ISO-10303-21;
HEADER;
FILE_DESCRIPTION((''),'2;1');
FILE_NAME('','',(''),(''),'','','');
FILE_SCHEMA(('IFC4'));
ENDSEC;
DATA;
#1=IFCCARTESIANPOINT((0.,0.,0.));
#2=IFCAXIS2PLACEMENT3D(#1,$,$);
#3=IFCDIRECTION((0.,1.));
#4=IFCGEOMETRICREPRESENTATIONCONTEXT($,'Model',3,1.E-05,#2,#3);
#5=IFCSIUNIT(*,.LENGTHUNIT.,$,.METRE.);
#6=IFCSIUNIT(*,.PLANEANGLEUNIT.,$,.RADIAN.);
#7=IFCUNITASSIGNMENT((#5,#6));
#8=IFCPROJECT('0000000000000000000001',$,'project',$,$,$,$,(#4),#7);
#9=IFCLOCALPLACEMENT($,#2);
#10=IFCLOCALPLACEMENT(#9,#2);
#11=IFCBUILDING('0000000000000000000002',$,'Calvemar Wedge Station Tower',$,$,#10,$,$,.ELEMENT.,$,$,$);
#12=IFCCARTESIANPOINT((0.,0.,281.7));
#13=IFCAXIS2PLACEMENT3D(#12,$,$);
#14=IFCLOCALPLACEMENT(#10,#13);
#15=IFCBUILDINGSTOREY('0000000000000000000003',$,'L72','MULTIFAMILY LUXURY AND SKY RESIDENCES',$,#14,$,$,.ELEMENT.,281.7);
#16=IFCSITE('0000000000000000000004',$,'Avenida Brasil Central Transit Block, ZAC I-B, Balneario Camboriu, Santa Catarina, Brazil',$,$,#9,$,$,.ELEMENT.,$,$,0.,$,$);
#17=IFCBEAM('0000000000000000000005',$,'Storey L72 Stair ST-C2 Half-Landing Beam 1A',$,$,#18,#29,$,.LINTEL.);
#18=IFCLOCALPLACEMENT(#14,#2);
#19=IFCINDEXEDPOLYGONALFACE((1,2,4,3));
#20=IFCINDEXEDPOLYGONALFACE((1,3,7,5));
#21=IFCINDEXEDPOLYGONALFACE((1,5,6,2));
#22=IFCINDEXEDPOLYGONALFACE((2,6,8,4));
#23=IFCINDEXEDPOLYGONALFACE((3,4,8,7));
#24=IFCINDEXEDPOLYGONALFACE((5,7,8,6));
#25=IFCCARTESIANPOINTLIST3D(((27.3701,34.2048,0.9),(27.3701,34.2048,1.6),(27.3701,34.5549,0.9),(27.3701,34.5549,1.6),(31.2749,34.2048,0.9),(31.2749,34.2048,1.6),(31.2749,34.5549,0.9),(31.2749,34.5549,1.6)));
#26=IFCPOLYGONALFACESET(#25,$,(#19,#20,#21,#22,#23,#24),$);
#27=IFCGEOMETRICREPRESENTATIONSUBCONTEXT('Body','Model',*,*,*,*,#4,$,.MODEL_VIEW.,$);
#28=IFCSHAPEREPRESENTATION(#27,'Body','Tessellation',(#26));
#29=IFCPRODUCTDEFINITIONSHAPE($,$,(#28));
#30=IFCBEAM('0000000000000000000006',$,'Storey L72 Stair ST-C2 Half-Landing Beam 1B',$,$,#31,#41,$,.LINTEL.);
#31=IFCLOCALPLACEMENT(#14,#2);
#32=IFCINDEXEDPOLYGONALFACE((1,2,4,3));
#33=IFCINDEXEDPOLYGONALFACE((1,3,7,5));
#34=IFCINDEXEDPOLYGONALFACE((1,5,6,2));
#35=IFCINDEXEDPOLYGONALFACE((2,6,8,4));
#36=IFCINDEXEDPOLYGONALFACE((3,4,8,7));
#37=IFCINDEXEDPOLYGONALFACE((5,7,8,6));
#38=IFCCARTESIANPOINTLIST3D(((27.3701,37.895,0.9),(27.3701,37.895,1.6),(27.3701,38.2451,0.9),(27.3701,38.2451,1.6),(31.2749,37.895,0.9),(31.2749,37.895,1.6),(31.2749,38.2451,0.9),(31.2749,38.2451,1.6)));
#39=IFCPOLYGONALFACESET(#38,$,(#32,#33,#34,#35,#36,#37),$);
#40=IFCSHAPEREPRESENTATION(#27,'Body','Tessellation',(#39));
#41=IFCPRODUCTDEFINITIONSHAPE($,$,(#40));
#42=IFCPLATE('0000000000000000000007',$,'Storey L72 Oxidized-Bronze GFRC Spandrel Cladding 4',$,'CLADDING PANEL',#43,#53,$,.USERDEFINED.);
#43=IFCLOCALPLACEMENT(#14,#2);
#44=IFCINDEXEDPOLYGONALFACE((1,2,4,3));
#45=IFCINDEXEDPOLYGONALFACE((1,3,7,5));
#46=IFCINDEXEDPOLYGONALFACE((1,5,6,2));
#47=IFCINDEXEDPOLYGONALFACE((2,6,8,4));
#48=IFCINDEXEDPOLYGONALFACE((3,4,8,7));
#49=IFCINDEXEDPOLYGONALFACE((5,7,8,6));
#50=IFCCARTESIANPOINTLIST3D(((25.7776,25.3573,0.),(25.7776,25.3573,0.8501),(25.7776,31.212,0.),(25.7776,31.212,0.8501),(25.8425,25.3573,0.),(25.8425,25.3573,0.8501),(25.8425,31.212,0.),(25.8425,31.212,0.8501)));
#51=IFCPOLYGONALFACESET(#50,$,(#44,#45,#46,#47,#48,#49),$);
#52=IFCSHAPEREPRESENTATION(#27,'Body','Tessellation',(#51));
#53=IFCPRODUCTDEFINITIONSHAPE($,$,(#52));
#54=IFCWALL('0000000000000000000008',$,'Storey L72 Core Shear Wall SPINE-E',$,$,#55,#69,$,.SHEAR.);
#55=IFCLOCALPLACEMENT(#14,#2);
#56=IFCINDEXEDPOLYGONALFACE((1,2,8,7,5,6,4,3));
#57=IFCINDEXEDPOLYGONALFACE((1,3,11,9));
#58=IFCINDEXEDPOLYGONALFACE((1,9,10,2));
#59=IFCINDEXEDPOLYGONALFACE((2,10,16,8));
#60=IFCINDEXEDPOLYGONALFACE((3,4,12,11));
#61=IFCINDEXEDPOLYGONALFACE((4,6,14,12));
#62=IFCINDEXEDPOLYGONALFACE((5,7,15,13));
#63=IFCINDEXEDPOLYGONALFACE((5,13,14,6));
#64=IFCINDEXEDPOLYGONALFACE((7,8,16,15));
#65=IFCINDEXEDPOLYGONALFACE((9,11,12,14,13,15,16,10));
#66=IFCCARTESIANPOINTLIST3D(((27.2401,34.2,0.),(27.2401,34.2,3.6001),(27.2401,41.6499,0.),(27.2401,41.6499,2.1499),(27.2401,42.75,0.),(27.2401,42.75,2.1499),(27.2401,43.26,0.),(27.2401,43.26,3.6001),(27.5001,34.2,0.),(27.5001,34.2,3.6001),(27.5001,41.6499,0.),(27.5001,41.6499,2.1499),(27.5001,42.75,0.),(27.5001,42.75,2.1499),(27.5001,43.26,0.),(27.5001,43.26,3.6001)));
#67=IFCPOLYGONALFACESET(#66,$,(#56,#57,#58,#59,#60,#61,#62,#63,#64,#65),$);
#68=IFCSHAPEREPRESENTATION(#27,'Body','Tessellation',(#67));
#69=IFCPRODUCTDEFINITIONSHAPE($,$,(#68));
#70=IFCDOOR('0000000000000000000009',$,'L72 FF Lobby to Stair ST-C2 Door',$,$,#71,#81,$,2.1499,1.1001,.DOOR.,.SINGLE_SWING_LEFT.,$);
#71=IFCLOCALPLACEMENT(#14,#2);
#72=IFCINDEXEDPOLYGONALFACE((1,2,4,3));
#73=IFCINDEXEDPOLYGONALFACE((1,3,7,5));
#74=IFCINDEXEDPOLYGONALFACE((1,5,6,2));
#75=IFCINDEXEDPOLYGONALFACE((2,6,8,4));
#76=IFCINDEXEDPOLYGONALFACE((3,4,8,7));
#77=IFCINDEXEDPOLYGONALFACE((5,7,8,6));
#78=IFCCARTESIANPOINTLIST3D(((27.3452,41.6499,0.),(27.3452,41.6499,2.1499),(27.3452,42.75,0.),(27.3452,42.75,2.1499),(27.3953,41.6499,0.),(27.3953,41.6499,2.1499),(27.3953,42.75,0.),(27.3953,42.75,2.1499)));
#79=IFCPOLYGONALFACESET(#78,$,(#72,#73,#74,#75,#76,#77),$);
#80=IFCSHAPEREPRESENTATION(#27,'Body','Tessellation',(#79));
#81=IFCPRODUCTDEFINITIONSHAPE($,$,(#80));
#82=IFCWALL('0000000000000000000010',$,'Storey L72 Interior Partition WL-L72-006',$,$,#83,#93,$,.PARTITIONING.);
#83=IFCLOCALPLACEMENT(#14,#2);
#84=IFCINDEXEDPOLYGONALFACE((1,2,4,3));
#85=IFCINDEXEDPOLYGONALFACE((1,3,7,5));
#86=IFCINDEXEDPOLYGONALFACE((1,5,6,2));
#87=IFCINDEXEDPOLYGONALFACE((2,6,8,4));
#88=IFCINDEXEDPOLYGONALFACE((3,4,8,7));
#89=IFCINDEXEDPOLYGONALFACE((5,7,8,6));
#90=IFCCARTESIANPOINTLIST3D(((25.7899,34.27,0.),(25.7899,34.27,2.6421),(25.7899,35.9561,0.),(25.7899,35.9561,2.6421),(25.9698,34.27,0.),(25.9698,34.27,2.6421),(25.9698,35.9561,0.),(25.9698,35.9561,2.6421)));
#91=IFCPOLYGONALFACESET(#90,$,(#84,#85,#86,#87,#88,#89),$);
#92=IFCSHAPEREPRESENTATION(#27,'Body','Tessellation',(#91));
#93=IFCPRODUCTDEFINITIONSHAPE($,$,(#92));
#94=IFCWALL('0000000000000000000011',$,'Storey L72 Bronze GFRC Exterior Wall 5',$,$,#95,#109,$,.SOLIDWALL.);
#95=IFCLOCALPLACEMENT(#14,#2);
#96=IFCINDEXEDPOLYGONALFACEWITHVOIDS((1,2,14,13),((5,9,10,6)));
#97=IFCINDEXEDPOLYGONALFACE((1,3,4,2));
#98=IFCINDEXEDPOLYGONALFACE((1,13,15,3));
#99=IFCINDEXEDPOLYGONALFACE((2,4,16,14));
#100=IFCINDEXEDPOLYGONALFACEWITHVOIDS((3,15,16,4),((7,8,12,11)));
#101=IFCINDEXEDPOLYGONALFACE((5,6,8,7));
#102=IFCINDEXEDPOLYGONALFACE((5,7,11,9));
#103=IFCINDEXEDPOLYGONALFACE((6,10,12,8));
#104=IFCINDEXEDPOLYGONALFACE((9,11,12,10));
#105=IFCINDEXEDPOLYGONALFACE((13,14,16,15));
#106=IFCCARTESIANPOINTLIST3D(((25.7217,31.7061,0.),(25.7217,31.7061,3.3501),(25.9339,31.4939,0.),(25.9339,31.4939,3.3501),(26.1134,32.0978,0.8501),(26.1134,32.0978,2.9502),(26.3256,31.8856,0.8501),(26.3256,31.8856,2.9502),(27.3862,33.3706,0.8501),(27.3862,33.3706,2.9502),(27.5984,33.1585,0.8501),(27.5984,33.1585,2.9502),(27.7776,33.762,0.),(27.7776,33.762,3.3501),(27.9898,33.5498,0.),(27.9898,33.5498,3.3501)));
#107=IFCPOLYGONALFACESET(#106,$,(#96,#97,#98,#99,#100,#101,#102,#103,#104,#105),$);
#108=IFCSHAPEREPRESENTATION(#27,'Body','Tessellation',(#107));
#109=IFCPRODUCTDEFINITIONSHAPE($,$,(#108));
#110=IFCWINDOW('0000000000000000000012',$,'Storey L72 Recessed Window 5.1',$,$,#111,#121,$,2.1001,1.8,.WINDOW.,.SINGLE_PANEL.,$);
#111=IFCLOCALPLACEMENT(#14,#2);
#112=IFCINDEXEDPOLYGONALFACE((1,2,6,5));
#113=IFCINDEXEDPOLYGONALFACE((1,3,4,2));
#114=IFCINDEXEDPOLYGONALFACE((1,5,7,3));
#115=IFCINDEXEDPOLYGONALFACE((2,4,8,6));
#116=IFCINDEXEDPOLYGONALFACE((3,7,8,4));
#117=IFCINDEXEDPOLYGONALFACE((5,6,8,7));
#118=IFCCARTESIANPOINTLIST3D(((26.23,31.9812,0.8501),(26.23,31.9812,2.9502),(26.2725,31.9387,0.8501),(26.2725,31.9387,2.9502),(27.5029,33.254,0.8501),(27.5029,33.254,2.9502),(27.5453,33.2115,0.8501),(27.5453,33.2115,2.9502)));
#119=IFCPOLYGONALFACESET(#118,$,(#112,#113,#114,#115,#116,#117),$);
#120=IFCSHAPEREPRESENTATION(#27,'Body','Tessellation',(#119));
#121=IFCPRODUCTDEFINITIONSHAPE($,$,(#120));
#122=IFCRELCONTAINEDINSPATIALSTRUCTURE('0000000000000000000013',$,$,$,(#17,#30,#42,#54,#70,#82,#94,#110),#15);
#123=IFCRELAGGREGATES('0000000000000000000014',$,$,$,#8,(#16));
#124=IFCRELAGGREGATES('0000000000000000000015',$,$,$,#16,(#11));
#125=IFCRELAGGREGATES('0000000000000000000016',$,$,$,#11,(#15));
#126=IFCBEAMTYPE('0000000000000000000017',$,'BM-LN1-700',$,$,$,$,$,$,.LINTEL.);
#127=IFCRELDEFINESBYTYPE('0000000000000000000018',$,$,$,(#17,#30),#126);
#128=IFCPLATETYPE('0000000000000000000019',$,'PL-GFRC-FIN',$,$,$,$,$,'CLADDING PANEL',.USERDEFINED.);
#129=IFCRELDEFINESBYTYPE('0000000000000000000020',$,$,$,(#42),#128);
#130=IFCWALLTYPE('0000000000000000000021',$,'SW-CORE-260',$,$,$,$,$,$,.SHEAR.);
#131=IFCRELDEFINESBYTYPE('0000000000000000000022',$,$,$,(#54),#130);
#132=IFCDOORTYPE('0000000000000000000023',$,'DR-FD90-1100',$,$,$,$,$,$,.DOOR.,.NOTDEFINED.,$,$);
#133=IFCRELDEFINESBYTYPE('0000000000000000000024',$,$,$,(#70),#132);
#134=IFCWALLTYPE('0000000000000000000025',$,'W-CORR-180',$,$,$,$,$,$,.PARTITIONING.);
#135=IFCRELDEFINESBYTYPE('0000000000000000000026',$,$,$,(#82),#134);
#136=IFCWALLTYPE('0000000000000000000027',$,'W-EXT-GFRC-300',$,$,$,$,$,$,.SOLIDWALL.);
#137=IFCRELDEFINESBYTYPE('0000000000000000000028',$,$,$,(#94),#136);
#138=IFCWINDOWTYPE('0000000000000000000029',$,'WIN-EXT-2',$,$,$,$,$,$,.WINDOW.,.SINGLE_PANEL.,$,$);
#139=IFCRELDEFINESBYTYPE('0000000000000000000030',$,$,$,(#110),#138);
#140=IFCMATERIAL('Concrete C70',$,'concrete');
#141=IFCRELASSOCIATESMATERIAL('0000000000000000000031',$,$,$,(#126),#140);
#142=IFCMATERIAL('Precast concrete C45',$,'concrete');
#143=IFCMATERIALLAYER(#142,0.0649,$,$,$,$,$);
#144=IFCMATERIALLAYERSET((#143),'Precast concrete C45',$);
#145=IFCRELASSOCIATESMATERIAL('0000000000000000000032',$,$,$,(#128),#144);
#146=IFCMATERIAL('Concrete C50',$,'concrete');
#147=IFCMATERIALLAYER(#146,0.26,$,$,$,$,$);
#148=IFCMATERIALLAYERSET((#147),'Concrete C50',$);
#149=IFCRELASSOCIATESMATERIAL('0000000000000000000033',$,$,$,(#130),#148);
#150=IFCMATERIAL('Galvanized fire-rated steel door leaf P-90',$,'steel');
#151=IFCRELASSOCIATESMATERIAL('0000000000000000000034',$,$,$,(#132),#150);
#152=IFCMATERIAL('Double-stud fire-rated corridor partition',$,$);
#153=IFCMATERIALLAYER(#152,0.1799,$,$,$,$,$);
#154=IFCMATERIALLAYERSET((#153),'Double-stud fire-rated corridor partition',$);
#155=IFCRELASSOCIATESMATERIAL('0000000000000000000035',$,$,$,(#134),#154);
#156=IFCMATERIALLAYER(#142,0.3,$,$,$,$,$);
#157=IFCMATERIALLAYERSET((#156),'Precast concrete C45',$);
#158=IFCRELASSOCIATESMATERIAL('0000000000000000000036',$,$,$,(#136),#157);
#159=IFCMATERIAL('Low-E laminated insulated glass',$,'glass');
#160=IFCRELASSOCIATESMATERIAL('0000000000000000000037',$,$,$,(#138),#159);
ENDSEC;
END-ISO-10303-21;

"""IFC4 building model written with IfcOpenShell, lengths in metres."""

from ifc_helpers import new_model, si_unit, direction, frame, frame_2d, origin, origin_2d, place, context, subcontext, project, spatial, rectangle, extrude, source, transform, mapped, material, layer, layer_set, material_profile, profile_set, type_object, element, fill, save


model = new_model("IFC4")

# Units and contexts
model_context = context("Model", 3, precision=1e-05, world=origin(), true_north=direction((0.0, 1.0)))
body_context = subcontext(model_context, "Body", "Model", "MODEL_VIEW")
ifc_project = project(units=[si_unit("LENGTHUNIT", "METRE"), si_unit("PLANEANGLEUNIT", "RADIAN")], contexts=[model_context])

# Site, building, storey
site_placement = place(None, origin())
site = spatial("IfcSite", under=ifc_project, at=site_placement, Name="Avenida Brasil Central Transit Block, ZAC I-B, Balneario Camboriu, Santa Catarina, Brazil", CompositionType="ELEMENT", RefElevation=0.0)
building_placement = place(site_placement, origin())
building = spatial("IfcBuilding", under=site, at=building_placement, Name="Calvemar Wedge Station Tower", CompositionType="ELEMENT")
storey_placement = place(building_placement, frame((0.0, 0.0, 281.7)))
storey = spatial("IfcBuildingStorey", under=building, at=storey_placement, Name="L72", Description="MULTIFAMILY LUXURY AND SKY RESIDENCES", CompositionType="ELEMENT", Elevation=281.7)

# Beams
ifc_material_1 = material(Name="Concrete C70", Category="concrete")
ifc_material_profile = material_profile(ifc_material_1, rectangle(XDim=0.3501, YDim=0.7, at=origin_2d()), Name="RC350x700")
ifc_profile_set = profile_set([ifc_material_profile], Name="Concrete C70")
beam_type = type_object("IfcBeamType", Name="BM-LN1-700", PredefinedType="LINTEL", material=ifc_profile_set)
shared_shape_1 = source(origin(), body_context, "Body", "SweptSolid", [
    extrude(rectangle(XDim=0.3501, YDim=0.7, at=origin_2d()), origin(), (0.0, 0.0, 1.0), 3.9048),
])
for number, where, z_axis, x_axis, name in (
    (1, (27.3701, 34.3799, 1.25), (1.0, 0.0, 0.0), (0.0, 1.0, 0.0), "Storey L72 Stair ST-C2 Half-Landing Beam 1A"),
    (2, (27.3701, 38.0701, 1.25), (1.0, 0.0, 0.0), (0.0, 1.0, 0.0), "Storey L72 Stair ST-C2 Half-Landing Beam 1B"),
):
    element("IfcBeam", number, at=place(storey_placement, frame(where, z_axis=z_axis, x_axis=x_axis)), inside=storey, type_object=beam_type, Name=name, PredefinedType="LINTEL", context=body_context, shape_type="MappedRepresentation", body=[
        mapped(shared_shape_1, transform((0.0, 0.0, 0.0), scale=1.0)),
    ])

# Plate
ifc_material_2 = material(Name="Precast concrete C45", Category="concrete")
ifc_layer_1 = layer(ifc_material_2, 0.0649)
ifc_layer_set_1 = layer_set([ifc_layer_1], Name="Precast concrete C45")
plate_type = type_object("IfcPlateType", Name="PL-GFRC-FIN", ElementType="CLADDING PANEL", PredefinedType="USERDEFINED", material=ifc_layer_set_1)
plate_placement = place(storey_placement, frame((25.8101, 25.3574, 0.0), z_axis=(0.0, 0.0, 1.0), x_axis=(0.0, 1.0, 0.0)))
element("IfcPlate", 3, at=plate_placement, inside=storey, type_object=plate_type, Name="Storey L72 Oxidized-Bronze GFRC Spandrel Cladding 4", ObjectType="CLADDING PANEL", PredefinedType="USERDEFINED", context=body_context, shape_type="SweptSolid", body=[
    extrude(rectangle(XDim=5.8547, YDim=0.0649, at=frame_2d((2.9272, 0.0))), origin(), (0.0, 0.0, 1.0), 0.8501),
])

# Wall, opening, door
ifc_material_3 = material(Name="Concrete C50", Category="concrete")
ifc_layer_2 = layer(ifc_material_3, 0.26)
ifc_layer_set_2 = layer_set([ifc_layer_2], Name="Concrete C50")
wall_type_1 = type_object("IfcWallType", Name="SW-CORE-260", PredefinedType="SHEAR", material=ifc_layer_set_2)
wall_1_placement = place(storey_placement, frame((27.3701, 34.2, 0.0), z_axis=(0.0, 0.0, 1.0), x_axis=(0.0, 1.0, 0.0)))
wall_1 = element("IfcWall", 4, at=wall_1_placement, inside=storey, type_object=wall_type_1, Name="Storey L72 Core Shear Wall SPINE-E", PredefinedType="SHEAR", context=body_context, shape_type="SweptSolid", body=[
    extrude(rectangle(XDim=9.0601, YDim=0.26, at=frame_2d((4.53, 0.0))), origin(), (0.0, 0.0, 1.0), 3.6001),
])
shared_shape_2 = source(origin(), body_context, "Body", "SweptSolid", [
    extrude(rectangle(XDim=1.1001, YDim=2.1499, at=frame_2d((0.55, 1.075))), frame((0.0, 0.1401, 0.0), z_axis=(0.0, -1.0, 0.0), x_axis=(1.0, 0.0, 0.0)), (0.0, 0.0, 1.0), 0.28),
])
opening_1_placement = place(wall_1_placement, frame((7.45, 0.0, 0.0)))
opening_1 = element("IfcOpeningElement", 5, at=opening_1_placement, cuts=wall_1, PredefinedType="OPENING", context=body_context, shape_type="MappedRepresentation", body=[
    mapped(shared_shape_2, transform((0.0, 0.0, 0.0), scale=1.0)),
])
ifc_material_4 = material(Name="Galvanized fire-rated steel door leaf P-90", Category="steel")
door_type_1 = type_object("IfcDoorType", Name="DR-FD90-1100", OperationType="NOTDEFINED", PredefinedType="DOOR", material=ifc_material_4)
shared_shape_3 = source(origin(), body_context, "Body", "SweptSolid", [
    extrude(rectangle(XDim=1.1001, YDim=2.1499, at=frame_2d((0.55, 1.075))), frame((0.0, 0.0249, 0.0), z_axis=(0.0, -1.0, 0.0), x_axis=(1.0, 0.0, 0.0)), (0.0, 0.0, 1.0), 0.05),
])
door_1_placement = place(opening_1_placement, origin())
door_1 = element("IfcDoor", 6, at=door_1_placement, inside=storey, type_object=door_type_1, Name="L72 FF Lobby to Stair ST-C2 Door", OperationType="SINGLE_SWING_LEFT", OverallHeight=2.1499, OverallWidth=1.1001, PredefinedType="DOOR", context=body_context, shape_type="MappedRepresentation", body=[
    mapped(shared_shape_3, transform((0.0, 0.0, 0.0), scale=1.0)),
])
fill(opening_1, door_1)

# Wall
ifc_material_5 = material(Name="Double-stud fire-rated corridor partition")
ifc_layer_3 = layer(ifc_material_5, 0.1799)
ifc_layer_set_3 = layer_set([ifc_layer_3], Name="Double-stud fire-rated corridor partition")
wall_type_2 = type_object("IfcWallType", Name="W-CORR-180", PredefinedType="PARTITIONING", material=ifc_layer_set_3)
wall_2_placement = place(storey_placement, frame((25.8799, 35.9561, 0.0), z_axis=(0.0, 0.0, 1.0), x_axis=(0.0, -1.0, 0.0)))
element("IfcWall", 7, at=wall_2_placement, inside=storey, type_object=wall_type_2, Name="Storey L72 Interior Partition WL-L72-006", PredefinedType="PARTITIONING", context=body_context, shape_type="SweptSolid", body=[
    extrude(rectangle(XDim=1.686, YDim=0.1799, at=frame_2d((0.843, 0.0))), origin(), (0.0, 0.0, 1.0), 2.6421),
])

# Shared definitions
ifc_layer_4 = layer(ifc_material_2, 0.3)
ifc_layer_set_4 = layer_set([ifc_layer_4], Name="Precast concrete C45")
wall_type_3 = type_object("IfcWallType", Name="W-EXT-GFRC-300", PredefinedType="SOLIDWALL", material=ifc_layer_set_4)
ifc_material_6 = material(Name="Low-E laminated insulated glass", Category="glass")

# Wall, opening, window
wall_3_placement = place(storey_placement, frame((25.8279, 31.6001, 0.0), z_axis=(0.0, 0.0, 1.0), x_axis=(0.707107, 0.707107, 0.0)))
wall_3 = element("IfcWall", 8, at=wall_3_placement, inside=storey, type_object=wall_type_3, Name="Storey L72 Bronze GFRC Exterior Wall 5", PredefinedType="SOLIDWALL", context=body_context, shape_type="SweptSolid", body=[
    extrude(rectangle(XDim=2.9075, YDim=0.3, at=frame_2d((1.4536, 0.0))), origin(), (0.0, 0.0, 1.0), 3.3501),
])
shared_shape_4 = source(origin(), body_context, "Body", "SweptSolid", [
    extrude(rectangle(XDim=1.8, YDim=2.1001, at=frame_2d((0.8999, 1.05))), frame((0.0, 0.1602, 0.0), z_axis=(0.0, -1.0, 0.0), x_axis=(1.0, 0.0, 0.0)), (0.0, 0.0, 1.0), 0.3201),
])
opening_2_placement = place(wall_3_placement, frame((0.554, 0.0, 0.8501)))
opening_2 = element("IfcOpeningElement", 9, at=opening_2_placement, cuts=wall_3, PredefinedType="OPENING", context=body_context, shape_type="MappedRepresentation", body=[
    mapped(shared_shape_4, transform((0.0, 0.0, 0.0), scale=1.0)),
])
window_type_1 = type_object("IfcWindowType", Name="WIN-EXT-2", PartitioningType="SINGLE_PANEL", PredefinedType="WINDOW", material=ifc_material_6)
shared_shape_5 = source(origin(), body_context, "Body", "SweptSolid", [
    extrude(rectangle(XDim=1.8, YDim=2.1001, at=frame_2d((0.8999, 1.05))), frame((0.0, -0.0149, 0.0), z_axis=(0.0, -1.0, 0.0), x_axis=(1.0, 0.0, 0.0)), (0.0, 0.0, 1.0), 0.0601),
])
window_1_placement = place(opening_2_placement, origin())
window_1 = element("IfcWindow", 10, at=window_1_placement, inside=storey, type_object=window_type_1, Name="Storey L72 Recessed Window 5.1", OverallHeight=2.1001, OverallWidth=1.8, PartitioningType="SINGLE_PANEL", PredefinedType="WINDOW", context=body_context, shape_type="MappedRepresentation", body=[
    mapped(shared_shape_5, transform((0.0, 0.0, 0.0), scale=1.0)),
])
fill(opening_2, window_1)

save(model, "model.ifc")
